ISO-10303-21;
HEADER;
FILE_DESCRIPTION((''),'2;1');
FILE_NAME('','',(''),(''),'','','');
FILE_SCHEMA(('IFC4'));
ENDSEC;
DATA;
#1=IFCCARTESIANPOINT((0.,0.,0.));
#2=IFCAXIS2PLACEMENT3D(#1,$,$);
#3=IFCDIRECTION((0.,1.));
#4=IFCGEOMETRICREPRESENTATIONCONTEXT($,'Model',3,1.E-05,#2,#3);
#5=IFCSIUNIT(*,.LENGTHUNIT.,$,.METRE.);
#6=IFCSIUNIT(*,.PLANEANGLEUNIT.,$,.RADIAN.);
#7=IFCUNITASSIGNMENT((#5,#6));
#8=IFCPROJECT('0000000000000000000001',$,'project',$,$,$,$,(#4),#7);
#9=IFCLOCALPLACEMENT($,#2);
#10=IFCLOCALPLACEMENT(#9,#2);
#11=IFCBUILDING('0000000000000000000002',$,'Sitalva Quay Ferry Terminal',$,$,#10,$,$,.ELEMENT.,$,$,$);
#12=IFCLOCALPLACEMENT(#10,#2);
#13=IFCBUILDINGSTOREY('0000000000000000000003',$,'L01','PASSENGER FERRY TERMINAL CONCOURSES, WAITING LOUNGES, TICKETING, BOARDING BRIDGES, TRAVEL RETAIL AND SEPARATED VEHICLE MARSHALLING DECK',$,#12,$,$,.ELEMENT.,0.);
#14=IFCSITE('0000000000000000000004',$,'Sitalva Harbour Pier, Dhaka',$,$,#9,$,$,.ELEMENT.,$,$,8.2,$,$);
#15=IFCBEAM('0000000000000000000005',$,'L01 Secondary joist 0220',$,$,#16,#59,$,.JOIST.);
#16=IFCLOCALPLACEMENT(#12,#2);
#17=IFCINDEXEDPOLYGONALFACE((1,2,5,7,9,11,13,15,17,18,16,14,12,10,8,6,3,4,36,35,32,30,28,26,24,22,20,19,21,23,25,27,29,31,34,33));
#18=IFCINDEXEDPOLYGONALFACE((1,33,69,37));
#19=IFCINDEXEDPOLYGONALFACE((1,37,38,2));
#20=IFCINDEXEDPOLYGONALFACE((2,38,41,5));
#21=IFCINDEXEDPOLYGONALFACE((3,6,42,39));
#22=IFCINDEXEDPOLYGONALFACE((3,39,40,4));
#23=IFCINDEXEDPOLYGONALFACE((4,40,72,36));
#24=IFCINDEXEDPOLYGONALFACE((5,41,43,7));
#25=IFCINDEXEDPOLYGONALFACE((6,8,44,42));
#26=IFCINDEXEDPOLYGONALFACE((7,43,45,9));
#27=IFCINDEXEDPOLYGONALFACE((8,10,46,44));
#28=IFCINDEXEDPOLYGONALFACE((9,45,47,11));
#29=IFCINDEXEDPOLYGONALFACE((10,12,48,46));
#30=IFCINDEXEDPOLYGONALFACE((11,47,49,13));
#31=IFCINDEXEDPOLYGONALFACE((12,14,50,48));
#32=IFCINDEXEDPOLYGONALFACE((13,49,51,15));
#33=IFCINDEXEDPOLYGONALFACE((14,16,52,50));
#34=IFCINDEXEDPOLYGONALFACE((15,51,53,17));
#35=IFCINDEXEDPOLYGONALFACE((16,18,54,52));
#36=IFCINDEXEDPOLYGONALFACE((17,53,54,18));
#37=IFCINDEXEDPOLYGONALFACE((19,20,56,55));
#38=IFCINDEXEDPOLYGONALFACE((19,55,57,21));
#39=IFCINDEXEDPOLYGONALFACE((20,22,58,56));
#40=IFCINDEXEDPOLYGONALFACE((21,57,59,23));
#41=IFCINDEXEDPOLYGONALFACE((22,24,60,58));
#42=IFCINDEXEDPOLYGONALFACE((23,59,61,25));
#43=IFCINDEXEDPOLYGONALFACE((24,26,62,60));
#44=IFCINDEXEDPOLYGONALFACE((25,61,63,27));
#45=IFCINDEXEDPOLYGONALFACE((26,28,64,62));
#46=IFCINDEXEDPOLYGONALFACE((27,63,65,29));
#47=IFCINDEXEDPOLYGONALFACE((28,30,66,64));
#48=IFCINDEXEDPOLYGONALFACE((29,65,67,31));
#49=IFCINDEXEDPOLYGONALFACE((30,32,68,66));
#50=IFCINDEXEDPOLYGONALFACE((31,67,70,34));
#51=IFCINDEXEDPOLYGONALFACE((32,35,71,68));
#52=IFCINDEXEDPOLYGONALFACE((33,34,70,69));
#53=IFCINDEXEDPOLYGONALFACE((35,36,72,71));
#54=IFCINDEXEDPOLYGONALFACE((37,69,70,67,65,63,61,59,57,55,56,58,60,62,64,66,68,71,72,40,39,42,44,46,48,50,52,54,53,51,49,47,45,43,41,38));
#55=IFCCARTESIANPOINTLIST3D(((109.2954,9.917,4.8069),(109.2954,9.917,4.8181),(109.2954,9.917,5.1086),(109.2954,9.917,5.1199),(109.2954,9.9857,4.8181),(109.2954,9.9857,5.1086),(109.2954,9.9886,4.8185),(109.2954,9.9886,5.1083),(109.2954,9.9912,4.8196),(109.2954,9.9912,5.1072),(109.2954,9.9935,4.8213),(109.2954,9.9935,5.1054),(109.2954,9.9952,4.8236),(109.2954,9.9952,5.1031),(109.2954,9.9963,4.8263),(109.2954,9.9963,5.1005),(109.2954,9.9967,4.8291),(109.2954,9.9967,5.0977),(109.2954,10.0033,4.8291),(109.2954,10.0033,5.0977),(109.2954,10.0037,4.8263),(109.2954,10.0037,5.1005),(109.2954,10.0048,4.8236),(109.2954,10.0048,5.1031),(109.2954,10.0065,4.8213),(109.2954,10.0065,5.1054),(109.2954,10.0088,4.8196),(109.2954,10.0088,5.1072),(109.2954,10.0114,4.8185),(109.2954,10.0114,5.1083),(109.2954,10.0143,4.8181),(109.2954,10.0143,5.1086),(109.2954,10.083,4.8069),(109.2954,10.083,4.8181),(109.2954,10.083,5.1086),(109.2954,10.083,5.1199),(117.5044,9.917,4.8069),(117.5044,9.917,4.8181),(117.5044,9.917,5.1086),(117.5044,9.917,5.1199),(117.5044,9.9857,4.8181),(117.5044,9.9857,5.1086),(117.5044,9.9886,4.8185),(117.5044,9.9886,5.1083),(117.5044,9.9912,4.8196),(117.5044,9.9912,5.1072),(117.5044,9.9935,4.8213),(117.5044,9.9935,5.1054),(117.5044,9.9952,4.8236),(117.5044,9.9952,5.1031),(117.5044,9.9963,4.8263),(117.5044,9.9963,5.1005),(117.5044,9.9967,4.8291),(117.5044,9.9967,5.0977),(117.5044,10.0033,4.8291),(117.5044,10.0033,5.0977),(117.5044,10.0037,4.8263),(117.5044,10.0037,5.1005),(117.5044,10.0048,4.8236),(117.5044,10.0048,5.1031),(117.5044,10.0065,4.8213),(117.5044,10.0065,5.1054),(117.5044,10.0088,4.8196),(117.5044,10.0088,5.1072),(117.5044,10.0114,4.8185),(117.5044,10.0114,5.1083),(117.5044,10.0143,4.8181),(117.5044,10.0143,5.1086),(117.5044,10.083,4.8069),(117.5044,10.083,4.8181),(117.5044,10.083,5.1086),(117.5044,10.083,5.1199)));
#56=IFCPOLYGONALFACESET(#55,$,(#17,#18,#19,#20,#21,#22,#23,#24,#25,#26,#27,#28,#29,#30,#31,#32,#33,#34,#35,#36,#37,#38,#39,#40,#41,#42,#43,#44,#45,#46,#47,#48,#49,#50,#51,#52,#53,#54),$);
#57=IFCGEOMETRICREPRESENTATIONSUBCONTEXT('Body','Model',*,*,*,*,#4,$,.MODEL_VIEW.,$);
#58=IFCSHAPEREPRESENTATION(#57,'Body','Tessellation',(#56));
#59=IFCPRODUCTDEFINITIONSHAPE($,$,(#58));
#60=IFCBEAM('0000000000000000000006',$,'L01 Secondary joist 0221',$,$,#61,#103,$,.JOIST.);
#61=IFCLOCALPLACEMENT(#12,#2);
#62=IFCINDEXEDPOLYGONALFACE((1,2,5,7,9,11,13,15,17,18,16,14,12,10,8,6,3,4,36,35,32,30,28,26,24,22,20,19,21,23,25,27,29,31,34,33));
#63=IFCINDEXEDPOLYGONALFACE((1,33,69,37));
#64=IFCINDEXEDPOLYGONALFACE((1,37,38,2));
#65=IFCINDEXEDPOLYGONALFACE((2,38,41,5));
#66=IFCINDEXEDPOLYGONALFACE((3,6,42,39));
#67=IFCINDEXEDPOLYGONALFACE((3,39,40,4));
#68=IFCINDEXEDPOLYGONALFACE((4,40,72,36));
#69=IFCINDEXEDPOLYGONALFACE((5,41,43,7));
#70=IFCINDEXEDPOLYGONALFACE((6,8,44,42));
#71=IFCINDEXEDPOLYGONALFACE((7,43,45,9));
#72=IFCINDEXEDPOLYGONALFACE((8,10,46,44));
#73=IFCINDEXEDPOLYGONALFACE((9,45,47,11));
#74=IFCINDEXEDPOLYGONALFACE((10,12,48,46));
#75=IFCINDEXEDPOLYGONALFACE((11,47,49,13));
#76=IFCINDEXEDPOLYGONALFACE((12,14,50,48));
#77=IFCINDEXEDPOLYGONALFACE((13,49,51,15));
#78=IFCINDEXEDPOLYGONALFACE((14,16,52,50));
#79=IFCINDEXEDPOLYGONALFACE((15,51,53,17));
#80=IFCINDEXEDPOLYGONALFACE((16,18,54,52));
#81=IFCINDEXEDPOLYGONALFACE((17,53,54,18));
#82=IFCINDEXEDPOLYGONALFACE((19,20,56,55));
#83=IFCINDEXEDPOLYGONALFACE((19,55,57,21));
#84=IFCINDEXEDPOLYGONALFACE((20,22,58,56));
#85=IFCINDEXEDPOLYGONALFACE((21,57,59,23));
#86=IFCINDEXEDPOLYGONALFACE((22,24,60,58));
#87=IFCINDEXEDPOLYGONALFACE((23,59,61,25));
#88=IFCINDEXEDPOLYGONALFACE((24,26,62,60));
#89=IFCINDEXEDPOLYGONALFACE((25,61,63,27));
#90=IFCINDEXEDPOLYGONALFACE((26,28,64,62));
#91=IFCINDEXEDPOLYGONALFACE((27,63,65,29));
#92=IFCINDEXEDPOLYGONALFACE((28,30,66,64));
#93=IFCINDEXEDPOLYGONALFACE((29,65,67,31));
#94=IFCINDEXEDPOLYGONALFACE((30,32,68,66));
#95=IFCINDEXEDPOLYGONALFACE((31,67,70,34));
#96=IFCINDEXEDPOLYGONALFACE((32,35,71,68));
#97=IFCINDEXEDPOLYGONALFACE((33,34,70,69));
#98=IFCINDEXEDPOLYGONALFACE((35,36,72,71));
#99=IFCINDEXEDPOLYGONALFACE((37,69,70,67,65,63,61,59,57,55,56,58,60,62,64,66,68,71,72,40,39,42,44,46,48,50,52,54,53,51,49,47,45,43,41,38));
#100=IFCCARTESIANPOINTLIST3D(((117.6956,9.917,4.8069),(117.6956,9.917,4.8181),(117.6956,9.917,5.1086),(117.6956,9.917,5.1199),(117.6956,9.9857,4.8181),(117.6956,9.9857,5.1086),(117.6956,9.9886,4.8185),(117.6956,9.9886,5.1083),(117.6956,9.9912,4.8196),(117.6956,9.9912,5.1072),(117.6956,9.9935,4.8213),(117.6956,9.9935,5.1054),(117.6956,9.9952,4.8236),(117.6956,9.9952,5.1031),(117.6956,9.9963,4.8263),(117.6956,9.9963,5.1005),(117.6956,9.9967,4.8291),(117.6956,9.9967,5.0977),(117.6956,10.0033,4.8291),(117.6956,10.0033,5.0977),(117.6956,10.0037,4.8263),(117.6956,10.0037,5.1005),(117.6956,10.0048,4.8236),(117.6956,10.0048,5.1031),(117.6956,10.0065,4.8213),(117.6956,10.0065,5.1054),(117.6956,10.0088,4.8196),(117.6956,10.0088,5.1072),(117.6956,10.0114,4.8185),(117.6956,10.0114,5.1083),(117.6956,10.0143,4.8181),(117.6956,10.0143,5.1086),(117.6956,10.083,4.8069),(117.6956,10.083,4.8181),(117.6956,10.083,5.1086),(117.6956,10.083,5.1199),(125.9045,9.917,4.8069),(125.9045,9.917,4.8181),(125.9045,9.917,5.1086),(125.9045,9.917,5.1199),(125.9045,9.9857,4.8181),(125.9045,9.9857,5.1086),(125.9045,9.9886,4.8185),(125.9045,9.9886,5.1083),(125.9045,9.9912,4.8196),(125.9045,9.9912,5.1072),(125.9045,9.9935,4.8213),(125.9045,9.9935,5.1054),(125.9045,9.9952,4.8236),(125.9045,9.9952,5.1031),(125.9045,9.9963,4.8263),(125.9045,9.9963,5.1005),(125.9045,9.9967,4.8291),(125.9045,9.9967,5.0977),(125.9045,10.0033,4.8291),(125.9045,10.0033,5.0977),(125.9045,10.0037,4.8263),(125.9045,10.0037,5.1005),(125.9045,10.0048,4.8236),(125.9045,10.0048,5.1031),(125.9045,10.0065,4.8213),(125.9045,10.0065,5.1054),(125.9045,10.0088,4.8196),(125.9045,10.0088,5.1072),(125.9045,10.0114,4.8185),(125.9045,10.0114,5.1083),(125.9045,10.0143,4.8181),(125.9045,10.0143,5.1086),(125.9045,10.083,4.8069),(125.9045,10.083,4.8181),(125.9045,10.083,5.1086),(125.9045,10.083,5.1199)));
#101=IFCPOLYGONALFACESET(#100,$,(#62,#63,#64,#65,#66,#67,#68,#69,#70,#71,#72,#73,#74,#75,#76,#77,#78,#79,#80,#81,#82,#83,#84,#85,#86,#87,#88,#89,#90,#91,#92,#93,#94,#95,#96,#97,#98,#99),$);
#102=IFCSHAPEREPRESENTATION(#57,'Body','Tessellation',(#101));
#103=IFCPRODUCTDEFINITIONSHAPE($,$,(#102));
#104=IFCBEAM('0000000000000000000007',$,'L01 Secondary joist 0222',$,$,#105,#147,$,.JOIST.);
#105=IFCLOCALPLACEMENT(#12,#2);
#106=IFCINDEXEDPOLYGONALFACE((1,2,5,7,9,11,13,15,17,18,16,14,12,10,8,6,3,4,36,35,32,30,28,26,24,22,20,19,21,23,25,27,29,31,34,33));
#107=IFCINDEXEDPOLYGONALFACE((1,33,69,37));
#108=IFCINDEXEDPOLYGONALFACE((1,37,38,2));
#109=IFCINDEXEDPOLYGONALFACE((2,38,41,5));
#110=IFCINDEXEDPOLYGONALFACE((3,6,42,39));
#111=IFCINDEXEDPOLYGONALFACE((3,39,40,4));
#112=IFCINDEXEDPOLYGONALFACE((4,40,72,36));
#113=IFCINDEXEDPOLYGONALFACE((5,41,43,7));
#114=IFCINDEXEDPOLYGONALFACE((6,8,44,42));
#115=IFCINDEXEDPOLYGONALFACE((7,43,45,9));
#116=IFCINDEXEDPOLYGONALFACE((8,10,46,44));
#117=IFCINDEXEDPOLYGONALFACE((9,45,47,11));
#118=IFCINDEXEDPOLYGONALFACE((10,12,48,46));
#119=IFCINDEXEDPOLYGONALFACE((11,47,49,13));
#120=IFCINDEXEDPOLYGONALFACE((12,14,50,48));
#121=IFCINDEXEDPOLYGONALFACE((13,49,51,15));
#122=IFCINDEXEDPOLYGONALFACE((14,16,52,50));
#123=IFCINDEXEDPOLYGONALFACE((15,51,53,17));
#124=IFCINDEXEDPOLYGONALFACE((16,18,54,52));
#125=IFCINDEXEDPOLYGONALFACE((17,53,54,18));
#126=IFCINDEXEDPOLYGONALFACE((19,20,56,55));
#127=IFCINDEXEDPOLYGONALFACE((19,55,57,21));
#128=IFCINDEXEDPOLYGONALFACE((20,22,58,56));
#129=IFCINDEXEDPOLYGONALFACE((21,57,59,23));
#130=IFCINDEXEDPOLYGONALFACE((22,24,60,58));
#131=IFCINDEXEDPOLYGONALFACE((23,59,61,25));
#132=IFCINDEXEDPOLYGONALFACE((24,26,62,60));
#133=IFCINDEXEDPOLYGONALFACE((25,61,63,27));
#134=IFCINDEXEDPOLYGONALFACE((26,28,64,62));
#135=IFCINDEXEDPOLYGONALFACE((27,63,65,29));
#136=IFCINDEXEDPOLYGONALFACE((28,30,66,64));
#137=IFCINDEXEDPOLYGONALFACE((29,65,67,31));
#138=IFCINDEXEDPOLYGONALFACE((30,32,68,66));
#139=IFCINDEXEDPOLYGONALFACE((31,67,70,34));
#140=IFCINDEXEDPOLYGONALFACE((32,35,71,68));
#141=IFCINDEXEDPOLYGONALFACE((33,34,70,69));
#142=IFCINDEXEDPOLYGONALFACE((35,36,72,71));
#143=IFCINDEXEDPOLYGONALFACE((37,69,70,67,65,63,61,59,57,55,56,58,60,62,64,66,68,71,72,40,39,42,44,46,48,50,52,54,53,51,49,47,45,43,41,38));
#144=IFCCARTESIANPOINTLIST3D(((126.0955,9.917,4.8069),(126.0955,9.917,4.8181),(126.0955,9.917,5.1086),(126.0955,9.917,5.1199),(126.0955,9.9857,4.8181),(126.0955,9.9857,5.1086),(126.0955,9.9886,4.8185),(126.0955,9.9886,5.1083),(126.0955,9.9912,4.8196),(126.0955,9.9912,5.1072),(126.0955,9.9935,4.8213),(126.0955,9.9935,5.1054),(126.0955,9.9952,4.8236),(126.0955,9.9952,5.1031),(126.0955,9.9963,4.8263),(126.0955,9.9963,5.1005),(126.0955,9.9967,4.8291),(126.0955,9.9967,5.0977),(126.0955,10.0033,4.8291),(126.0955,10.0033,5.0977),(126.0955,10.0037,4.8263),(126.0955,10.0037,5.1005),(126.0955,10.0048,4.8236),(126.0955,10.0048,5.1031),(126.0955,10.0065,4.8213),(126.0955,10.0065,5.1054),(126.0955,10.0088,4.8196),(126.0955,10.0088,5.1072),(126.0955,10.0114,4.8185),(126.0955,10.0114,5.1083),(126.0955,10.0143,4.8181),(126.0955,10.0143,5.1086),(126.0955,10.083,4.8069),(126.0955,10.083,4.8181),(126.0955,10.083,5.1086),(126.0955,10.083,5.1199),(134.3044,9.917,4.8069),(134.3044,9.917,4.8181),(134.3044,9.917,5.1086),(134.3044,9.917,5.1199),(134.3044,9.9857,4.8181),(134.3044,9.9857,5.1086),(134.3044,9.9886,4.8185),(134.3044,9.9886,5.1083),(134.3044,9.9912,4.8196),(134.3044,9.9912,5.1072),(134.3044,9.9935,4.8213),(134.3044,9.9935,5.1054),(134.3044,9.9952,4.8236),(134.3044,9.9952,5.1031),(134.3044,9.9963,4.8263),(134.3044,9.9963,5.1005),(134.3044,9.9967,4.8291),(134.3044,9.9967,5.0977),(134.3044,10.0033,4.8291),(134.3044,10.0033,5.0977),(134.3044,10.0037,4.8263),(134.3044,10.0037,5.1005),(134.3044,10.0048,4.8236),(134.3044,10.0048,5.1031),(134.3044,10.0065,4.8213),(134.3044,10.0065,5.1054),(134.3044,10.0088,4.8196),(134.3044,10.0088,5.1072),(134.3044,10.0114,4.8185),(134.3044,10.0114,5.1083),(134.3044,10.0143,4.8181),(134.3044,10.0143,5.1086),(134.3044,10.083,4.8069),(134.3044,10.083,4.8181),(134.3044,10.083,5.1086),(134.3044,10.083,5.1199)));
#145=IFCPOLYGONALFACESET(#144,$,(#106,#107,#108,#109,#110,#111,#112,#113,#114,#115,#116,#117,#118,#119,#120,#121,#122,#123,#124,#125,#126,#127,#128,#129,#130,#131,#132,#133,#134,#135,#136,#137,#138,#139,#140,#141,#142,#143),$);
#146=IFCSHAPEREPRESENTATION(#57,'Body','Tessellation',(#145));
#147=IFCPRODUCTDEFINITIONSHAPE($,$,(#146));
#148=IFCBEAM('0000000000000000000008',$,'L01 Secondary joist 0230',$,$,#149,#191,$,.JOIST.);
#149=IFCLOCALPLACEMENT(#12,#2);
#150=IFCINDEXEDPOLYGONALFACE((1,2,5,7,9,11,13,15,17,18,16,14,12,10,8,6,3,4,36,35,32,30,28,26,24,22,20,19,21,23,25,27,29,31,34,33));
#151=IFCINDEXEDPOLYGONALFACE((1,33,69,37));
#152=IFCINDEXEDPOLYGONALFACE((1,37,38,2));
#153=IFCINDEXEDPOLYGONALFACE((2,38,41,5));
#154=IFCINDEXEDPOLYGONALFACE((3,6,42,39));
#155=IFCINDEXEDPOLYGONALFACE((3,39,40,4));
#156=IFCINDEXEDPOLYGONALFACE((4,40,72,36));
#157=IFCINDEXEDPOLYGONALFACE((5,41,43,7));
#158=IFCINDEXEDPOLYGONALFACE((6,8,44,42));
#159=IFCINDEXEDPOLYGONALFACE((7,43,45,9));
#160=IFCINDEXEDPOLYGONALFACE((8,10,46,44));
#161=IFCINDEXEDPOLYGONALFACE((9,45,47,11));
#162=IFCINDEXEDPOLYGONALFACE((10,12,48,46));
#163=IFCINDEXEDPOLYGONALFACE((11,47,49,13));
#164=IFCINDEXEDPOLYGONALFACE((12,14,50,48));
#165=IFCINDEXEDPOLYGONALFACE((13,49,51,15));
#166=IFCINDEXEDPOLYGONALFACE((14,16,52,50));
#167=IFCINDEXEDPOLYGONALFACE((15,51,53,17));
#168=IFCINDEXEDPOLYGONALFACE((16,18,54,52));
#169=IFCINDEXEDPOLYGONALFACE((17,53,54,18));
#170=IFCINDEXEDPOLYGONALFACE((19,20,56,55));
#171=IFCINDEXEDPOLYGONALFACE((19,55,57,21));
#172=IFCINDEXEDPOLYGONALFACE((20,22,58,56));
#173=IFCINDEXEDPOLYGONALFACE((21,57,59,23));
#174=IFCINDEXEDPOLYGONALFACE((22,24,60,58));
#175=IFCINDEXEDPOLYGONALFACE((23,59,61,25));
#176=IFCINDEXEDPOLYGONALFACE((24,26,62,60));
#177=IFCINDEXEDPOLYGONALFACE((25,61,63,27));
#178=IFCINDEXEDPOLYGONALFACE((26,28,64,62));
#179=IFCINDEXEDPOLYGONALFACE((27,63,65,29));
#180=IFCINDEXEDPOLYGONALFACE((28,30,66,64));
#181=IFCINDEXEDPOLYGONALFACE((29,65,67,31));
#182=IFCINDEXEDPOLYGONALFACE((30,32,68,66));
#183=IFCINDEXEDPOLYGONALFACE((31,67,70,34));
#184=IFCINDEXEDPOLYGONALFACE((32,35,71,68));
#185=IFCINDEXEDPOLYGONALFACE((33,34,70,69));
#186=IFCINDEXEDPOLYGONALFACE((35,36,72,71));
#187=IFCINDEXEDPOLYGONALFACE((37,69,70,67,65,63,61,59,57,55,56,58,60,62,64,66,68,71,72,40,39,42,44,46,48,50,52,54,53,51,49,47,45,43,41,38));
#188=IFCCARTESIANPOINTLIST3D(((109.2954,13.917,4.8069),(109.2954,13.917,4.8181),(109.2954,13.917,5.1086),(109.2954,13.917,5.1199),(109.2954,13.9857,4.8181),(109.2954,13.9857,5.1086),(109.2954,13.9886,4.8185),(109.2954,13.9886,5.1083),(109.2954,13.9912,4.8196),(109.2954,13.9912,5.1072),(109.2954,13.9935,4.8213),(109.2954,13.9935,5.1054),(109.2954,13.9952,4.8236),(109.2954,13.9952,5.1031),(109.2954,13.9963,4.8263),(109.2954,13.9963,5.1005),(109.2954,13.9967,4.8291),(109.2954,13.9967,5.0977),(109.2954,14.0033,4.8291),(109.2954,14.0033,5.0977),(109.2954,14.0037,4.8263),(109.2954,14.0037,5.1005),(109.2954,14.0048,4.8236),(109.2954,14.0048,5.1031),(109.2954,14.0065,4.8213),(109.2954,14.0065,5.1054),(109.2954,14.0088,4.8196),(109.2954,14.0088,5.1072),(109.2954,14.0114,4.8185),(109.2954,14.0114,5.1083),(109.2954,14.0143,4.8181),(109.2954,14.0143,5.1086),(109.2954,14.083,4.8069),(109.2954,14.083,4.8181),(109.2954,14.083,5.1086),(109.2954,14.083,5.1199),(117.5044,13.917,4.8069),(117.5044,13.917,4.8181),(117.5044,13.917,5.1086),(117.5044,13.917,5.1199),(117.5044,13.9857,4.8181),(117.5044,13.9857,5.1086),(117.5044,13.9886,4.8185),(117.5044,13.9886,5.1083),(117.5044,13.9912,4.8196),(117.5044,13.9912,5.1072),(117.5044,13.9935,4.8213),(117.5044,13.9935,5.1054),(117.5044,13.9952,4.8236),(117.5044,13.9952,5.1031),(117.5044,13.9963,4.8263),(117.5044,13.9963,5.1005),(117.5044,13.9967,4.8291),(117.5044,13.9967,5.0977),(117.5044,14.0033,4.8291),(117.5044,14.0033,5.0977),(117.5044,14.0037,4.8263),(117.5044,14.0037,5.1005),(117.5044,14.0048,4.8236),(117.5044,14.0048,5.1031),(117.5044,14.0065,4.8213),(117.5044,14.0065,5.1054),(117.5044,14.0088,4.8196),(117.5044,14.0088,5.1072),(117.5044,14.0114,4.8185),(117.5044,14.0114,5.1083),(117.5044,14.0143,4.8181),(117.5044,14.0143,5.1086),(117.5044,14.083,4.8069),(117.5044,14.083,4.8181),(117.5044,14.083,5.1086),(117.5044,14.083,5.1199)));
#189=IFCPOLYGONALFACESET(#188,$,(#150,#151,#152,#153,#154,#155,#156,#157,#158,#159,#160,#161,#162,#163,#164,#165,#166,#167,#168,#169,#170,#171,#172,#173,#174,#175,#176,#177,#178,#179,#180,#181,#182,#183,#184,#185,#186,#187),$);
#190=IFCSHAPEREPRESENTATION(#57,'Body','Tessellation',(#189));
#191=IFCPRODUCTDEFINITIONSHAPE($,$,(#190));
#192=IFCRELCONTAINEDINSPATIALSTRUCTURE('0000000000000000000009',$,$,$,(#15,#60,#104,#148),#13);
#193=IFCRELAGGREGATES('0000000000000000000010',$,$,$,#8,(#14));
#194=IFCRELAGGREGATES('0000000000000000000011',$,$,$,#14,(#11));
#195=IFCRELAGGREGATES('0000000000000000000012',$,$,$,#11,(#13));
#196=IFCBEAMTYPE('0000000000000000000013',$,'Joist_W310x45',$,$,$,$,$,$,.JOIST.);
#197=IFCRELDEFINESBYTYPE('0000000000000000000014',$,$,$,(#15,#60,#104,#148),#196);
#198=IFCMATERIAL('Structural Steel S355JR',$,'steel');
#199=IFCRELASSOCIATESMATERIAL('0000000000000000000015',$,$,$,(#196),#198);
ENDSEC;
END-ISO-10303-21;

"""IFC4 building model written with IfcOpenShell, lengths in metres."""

from ifc_helpers import new_model, si_unit, direction, frame, origin, origin_2d, place, context, subcontext, project, spatial, i_section, extrude, material, material_profile, profile_set, type_object, element, save


model = new_model("IFC4")

# Units and contexts
model_context = context("Model", 3, precision=1e-05, world=origin(), true_north=direction((0.0, 1.0)))
body_context = subcontext(model_context, "Body", "Model", "MODEL_VIEW")
ifc_project = project(units=[si_unit("LENGTHUNIT", "METRE"), si_unit("PLANEANGLEUNIT", "RADIAN")], contexts=[model_context])

# Site, building, storey
site_placement = place(None, origin())
site = spatial("IfcSite", under=ifc_project, at=site_placement, Name="Sitalva Harbour Pier, Dhaka", CompositionType="ELEMENT", RefElevation=8.2)
building_placement = place(site_placement, origin())
building = spatial("IfcBuilding", under=site, at=building_placement, Name="Sitalva Quay Ferry Terminal", CompositionType="ELEMENT")
storey_placement = place(building_placement, origin())
storey = spatial("IfcBuildingStorey", under=building, at=storey_placement, Name="L01", Description="PASSENGER FERRY TERMINAL CONCOURSES, WAITING LOUNGES, TICKETING, BOARDING BRIDGES, TRAVEL RETAIL AND SEPARATED VEHICLE MARSHALLING DECK", CompositionType="ELEMENT", Elevation=0.0)

# Beams
ifc_material_1 = material(Name="Structural Steel S355JR", Category="steel")
ifc_material_profile_1 = material_profile(ifc_material_1, i_section(OverallWidth=0.166, OverallDepth=0.313, WebThickness=0.0066, FlangeThickness=0.0112, FilletRadius=0.011, at=origin_2d()), Name="W310x45")
ifc_profile_set_1 = profile_set([ifc_material_profile_1], Name="Structural Steel S355JR")
beam_type_1 = type_object("IfcBeamType", Name="Joist_W310x45", PredefinedType="JOIST", material=ifc_profile_set_1)
for number, where, z_axis, x_axis, name in (
    (1, (109.2954, 10.0, 4.9634), (1.0, 0.0, 0.0), (0.0, 1.0, 0.0), "L01 Secondary joist 0220"),
    (2, (117.6956, 10.0, 4.9634), (1.0, 0.0, 0.0), (0.0, 1.0, 0.0), "L01 Secondary joist 0221"),
    (3, (126.0955, 10.0, 4.9634), (1.0, 0.0, 0.0), (0.0, 1.0, 0.0), "L01 Secondary joist 0222"),
    (4, (109.2954, 14.0, 4.9634), (1.0, 0.0, 0.0), (0.0, 1.0, 0.0), "L01 Secondary joist 0230"),
):
    element("IfcBeam", number, at=place(storey_placement, frame(where, z_axis=z_axis, x_axis=x_axis)), inside=storey, type_object=beam_type_1, Name=name, PredefinedType="JOIST", context=body_context, shape_type="SweptSolid", body=[
        extrude(i_section(OverallWidth=0.166, OverallDepth=0.313, WebThickness=0.0066, FlangeThickness=0.0112, FilletRadius=0.011, at=origin_2d()), origin(), (0.0, 0.0, 1.0), 8.209),
    ])

save(model, "model.ifc")
